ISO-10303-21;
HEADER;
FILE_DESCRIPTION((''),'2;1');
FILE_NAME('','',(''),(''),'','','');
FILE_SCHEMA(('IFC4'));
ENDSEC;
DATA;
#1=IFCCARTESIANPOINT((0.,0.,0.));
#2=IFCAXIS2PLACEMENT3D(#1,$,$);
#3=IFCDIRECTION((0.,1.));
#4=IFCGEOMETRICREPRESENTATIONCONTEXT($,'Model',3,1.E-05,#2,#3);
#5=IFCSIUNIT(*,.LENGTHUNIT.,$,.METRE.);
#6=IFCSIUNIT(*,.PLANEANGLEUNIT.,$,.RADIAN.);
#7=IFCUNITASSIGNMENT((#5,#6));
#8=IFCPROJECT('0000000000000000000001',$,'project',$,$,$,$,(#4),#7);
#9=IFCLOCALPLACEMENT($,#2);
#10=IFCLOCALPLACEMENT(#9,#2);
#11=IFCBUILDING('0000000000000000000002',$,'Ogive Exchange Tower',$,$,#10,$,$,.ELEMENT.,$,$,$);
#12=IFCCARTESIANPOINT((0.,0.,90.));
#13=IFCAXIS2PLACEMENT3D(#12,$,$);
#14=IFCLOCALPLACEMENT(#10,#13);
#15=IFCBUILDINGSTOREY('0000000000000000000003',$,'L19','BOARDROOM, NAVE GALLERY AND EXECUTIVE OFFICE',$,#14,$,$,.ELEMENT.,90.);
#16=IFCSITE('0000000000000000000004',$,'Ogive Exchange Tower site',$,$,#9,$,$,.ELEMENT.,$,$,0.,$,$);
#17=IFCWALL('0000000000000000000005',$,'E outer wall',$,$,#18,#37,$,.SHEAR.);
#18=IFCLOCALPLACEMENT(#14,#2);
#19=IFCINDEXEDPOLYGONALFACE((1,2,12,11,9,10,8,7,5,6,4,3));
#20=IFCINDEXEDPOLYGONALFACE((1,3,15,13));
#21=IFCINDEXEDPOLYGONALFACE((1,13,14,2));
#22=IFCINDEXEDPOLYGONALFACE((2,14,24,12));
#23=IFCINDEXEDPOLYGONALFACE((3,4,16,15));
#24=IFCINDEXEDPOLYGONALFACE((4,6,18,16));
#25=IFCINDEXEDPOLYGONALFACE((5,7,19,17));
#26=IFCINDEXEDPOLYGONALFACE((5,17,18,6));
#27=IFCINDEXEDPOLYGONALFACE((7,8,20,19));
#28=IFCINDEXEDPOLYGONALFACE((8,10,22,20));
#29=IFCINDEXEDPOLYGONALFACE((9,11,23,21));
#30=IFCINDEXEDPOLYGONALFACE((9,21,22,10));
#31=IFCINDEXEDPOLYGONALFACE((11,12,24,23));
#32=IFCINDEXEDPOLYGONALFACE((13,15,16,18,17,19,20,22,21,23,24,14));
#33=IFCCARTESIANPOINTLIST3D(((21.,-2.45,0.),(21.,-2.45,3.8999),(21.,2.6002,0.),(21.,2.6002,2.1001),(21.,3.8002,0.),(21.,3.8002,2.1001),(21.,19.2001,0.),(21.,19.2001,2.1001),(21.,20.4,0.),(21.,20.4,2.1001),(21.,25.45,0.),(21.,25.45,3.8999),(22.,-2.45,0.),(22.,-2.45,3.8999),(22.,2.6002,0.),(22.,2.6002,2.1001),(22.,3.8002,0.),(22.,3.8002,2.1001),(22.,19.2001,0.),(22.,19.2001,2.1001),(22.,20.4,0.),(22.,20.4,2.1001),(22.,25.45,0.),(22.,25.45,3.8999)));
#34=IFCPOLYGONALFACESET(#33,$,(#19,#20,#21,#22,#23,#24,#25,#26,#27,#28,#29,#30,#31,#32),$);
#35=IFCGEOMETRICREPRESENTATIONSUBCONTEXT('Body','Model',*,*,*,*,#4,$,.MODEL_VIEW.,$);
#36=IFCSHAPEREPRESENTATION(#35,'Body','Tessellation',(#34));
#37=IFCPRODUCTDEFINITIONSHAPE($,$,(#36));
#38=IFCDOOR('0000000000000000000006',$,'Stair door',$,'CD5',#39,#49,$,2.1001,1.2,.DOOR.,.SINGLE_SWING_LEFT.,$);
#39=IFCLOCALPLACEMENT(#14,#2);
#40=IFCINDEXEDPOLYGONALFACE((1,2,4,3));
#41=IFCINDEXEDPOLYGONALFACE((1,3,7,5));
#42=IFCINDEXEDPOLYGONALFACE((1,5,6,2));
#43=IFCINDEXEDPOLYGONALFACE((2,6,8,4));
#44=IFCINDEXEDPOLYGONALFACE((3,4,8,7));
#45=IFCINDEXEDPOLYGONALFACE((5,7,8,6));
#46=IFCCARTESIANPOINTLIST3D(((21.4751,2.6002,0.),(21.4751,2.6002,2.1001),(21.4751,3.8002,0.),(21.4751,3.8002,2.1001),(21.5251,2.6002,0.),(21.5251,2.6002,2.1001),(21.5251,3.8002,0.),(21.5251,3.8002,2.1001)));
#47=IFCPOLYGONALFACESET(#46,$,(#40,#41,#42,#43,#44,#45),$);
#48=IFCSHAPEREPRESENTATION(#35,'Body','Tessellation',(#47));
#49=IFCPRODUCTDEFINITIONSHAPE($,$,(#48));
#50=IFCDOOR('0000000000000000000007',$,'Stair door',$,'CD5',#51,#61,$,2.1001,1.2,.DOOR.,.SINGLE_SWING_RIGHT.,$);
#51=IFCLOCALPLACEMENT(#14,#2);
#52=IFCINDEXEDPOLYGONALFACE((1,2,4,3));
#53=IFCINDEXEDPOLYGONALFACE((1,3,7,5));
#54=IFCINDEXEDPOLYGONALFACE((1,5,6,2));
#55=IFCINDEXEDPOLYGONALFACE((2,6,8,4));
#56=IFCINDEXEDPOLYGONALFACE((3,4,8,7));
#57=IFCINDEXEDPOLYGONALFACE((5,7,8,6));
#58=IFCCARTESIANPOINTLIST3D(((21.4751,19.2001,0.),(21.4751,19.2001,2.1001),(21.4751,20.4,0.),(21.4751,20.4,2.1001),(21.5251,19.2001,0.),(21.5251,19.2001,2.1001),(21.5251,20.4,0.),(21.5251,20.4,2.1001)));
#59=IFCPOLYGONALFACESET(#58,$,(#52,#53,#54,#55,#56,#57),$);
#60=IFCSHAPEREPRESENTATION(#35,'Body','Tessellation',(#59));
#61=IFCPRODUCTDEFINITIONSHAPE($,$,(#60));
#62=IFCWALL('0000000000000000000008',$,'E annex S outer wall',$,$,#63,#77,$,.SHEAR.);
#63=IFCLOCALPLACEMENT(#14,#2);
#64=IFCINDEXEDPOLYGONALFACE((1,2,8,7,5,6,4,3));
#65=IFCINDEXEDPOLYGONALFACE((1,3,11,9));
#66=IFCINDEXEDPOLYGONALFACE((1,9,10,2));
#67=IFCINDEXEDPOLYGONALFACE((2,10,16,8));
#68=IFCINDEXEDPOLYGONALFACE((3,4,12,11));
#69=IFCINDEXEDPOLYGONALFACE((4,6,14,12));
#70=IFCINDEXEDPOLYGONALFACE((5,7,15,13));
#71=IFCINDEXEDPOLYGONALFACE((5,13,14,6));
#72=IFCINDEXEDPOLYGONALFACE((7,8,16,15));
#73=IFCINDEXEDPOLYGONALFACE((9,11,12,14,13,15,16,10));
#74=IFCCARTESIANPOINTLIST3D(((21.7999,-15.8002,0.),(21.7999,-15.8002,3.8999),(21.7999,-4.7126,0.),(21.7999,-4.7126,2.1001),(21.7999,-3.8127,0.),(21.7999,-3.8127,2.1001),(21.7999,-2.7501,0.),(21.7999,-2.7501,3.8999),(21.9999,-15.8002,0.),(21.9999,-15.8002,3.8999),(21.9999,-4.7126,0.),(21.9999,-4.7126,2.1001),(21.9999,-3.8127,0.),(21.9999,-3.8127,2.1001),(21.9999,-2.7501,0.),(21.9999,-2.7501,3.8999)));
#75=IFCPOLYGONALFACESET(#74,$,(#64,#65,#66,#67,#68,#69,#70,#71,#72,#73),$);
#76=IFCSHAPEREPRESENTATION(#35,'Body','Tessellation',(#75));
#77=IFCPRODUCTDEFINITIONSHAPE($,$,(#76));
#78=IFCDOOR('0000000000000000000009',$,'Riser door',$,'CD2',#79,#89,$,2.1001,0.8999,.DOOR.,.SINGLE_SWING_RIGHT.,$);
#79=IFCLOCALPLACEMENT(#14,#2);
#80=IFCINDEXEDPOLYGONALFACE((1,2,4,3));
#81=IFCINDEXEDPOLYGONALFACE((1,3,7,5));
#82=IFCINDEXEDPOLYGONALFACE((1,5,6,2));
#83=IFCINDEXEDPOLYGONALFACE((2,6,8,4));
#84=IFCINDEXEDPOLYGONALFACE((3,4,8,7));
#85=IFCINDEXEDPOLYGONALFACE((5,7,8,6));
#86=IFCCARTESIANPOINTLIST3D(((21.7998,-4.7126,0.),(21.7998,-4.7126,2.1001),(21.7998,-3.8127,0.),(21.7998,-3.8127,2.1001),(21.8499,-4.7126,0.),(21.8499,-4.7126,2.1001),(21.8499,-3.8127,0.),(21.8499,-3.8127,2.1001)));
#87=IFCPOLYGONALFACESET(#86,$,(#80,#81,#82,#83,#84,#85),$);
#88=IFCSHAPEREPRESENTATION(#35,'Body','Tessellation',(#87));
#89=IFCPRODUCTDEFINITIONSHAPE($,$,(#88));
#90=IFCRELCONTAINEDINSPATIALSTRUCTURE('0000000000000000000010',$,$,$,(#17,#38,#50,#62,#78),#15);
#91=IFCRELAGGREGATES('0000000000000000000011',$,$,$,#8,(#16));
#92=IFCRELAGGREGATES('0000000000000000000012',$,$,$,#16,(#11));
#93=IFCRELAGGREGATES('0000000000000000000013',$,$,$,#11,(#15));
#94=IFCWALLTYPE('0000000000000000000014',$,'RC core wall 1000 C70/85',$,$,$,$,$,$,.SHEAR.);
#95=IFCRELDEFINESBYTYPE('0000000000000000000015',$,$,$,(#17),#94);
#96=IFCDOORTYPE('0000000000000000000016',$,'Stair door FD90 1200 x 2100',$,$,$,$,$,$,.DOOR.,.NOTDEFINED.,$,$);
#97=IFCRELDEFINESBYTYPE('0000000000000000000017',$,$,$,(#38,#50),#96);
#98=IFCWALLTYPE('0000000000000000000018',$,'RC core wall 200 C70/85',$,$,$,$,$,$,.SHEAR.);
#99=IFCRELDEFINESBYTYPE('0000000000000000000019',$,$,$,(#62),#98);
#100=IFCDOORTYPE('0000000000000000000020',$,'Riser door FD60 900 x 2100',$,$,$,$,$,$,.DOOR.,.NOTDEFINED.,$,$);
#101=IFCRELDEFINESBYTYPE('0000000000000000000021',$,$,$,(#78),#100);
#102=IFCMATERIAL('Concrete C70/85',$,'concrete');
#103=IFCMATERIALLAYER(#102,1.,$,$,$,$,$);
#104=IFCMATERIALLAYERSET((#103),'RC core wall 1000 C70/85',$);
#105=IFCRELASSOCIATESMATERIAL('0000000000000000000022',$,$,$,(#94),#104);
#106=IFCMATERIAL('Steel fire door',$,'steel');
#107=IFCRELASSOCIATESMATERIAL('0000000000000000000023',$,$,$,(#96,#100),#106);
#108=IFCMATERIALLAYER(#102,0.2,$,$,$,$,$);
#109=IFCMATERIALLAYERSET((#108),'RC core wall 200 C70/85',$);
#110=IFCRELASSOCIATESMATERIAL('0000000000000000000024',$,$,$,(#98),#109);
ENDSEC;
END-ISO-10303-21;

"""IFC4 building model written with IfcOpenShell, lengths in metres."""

from ifc_helpers import new_model, si_unit, direction, frame, frame_2d, origin, place, context, subcontext, project, spatial, rectangle, extrude, material, layer, layer_set, type_object, element, fill, save


model = new_model("IFC4")

# Units and contexts
model_context = context("Model", 3, precision=1e-05, world=origin(), true_north=direction((0.0, 1.0)))
body_context = subcontext(model_context, "Body", "Model", "MODEL_VIEW")
ifc_project = project(units=[si_unit("LENGTHUNIT", "METRE"), si_unit("PLANEANGLEUNIT", "RADIAN")], contexts=[model_context])

# Site, building, storey
site_placement = place(None, origin())
site = spatial("IfcSite", under=ifc_project, at=site_placement, Name="Ogive Exchange Tower site", CompositionType="ELEMENT", RefElevation=0.0)
building_placement = place(site_placement, origin())
building = spatial("IfcBuilding", under=site, at=building_placement, Name="Ogive Exchange Tower", CompositionType="ELEMENT")
storey_placement = place(building_placement, frame((0.0, 0.0, 90.0)))
storey = spatial("IfcBuildingStorey", under=building, at=storey_placement, Name="L19", Description="BOARDROOM, NAVE GALLERY AND EXECUTIVE OFFICE", CompositionType="ELEMENT", Elevation=90.0)

# Wall, openings, doors
ifc_material_1 = material(Name="Concrete C70/85", Category="concrete")
ifc_layer_1 = layer(ifc_material_1, 1.0)
ifc_layer_set_1 = layer_set([ifc_layer_1], Name="RC core wall 1000 C70/85")
wall_type_1 = type_object("IfcWallType", Name="RC core wall 1000 C70/85", PredefinedType="SHEAR", material=ifc_layer_set_1)
wall_1_placement = place(storey_placement, frame((21.5, -2.45, 0.0), z_axis=(0.0, 0.0, 1.0), x_axis=(0.0, 1.0, 0.0)))
wall_1 = element("IfcWall", 1, at=wall_1_placement, inside=storey, type_object=wall_type_1, Name="E outer wall", PredefinedType="SHEAR", context=body_context, shape_type="SweptSolid", body=[
    extrude(rectangle(XDim=27.8999, YDim=1.0, at=frame_2d((13.95, 0.0))), origin(), (0.0, 0.0, 1.0), 3.8999),
])
opening_1_placement = place(wall_1_placement, frame((5.05, 0.0, 0.0)))
opening_1 = element("IfcOpeningElement", 2, at=opening_1_placement, cuts=wall_1, PredefinedType="OPENING", context=body_context, shape_type="SweptSolid", body=[
    extrude(rectangle(XDim=1.2, YDim=2.1001, at=frame_2d((0.6001, 1.05))), frame((0.0, 0.51, 0.0), z_axis=(0.0, -1.0, 0.0), x_axis=(1.0, 0.0, 0.0)), (0.0, 0.0, 1.0), 1.02),
])
opening_2_placement = place(wall_1_placement, frame((21.6499, 0.0, 0.0)))
opening_2 = element("IfcOpeningElement", 3, at=opening_2_placement, cuts=wall_1, PredefinedType="OPENING", context=body_context, shape_type="SweptSolid", body=[
    extrude(rectangle(XDim=1.2, YDim=2.1001, at=frame_2d((0.6001, 1.05))), frame((0.0, 0.51, 0.0), z_axis=(0.0, -1.0, 0.0), x_axis=(1.0, 0.0, 0.0)), (0.0, 0.0, 1.0), 1.02),
])
ifc_material_2 = material(Name="Steel fire door", Category="steel")
door_type_1 = type_object("IfcDoorType", Name="Stair door FD90 1200 x 2100", OperationType="NOTDEFINED", PredefinedType="DOOR", material=ifc_material_2)
door_1_placement = place(opening_1_placement, origin())
door_1 = element("IfcDoor", 4, at=door_1_placement, inside=storey, type_object=door_type_1, Name="Stair door", ObjectType="CD5", OperationType="SINGLE_SWING_LEFT", OverallHeight=2.1001, OverallWidth=1.2, PredefinedType="DOOR", context=body_context, shape_type="SweptSolid", body=[
    extrude(rectangle(XDim=1.2, YDim=2.1001, at=frame_2d((0.6001, 1.05))), frame((0.0, 0.0249, 0.0), z_axis=(0.0, -1.0, 0.0), x_axis=(1.0, 0.0, 0.0)), (0.0, 0.0, 1.0), 0.05),
])
fill(opening_1, door_1)
door_2_placement = place(opening_2_placement, origin())
door_2 = element("IfcDoor", 5, at=door_2_placement, inside=storey, type_object=door_type_1, Name="Stair door", ObjectType="CD5", OperationType="SINGLE_SWING_RIGHT", OverallHeight=2.1001, OverallWidth=1.2, PredefinedType="DOOR", context=body_context, shape_type="SweptSolid", body=[
    extrude(rectangle(XDim=1.2, YDim=2.1001, at=frame_2d((0.6001, 1.05))), frame((0.0, 0.0249, 0.0), z_axis=(0.0, -1.0, 0.0), x_axis=(1.0, 0.0, 0.0)), (0.0, 0.0, 1.0), 0.05),
])
fill(opening_2, door_2)

# Wall, opening, door
ifc_layer_2 = layer(ifc_material_1, 0.2)
ifc_layer_set_2 = layer_set([ifc_layer_2], Name="RC core wall 200 C70/85")
wall_type_2 = type_object("IfcWallType", Name="RC core wall 200 C70/85", PredefinedType="SHEAR", material=ifc_layer_set_2)
wall_2_placement = place(storey_placement, frame((21.8999, -15.8, 0.0), z_axis=(0.0, 0.0, 1.0), x_axis=(0.0, 1.0, 0.0)))
wall_2 = element("IfcWall", 6, at=wall_2_placement, inside=storey, type_object=wall_type_2, Name="E annex S outer wall", PredefinedType="SHEAR", context=body_context, shape_type="SweptSolid", body=[
    extrude(rectangle(XDim=13.05, YDim=0.2, at=frame_2d((6.5249, 0.0))), origin(), (0.0, 0.0, 1.0), 3.8999),
])
opening_3_placement = place(wall_2_placement, frame((11.0874, 0.0, 0.0)))
opening_3 = element("IfcOpeningElement", 7, at=opening_3_placement, cuts=wall_2, PredefinedType="OPENING", context=body_context, shape_type="SweptSolid", body=[
    extrude(rectangle(XDim=0.8999, YDim=2.1001, at=frame_2d((0.45, 1.05))), frame((0.0, 0.1099, 0.0), z_axis=(0.0, -1.0, 0.0), x_axis=(1.0, 0.0, 0.0)), (0.0, 0.0, 1.0), 0.22),
])
door_type_2 = type_object("IfcDoorType", Name="Riser door FD60 900 x 2100", OperationType="NOTDEFINED", PredefinedType="DOOR", material=ifc_material_2)
door_3_placement = place(opening_3_placement, origin())
door_3 = element("IfcDoor", 8, at=door_3_placement, inside=storey, type_object=door_type_2, Name="Riser door", ObjectType="CD2", OperationType="SINGLE_SWING_RIGHT", OverallHeight=2.1001, OverallWidth=0.8999, PredefinedType="DOOR", context=body_context, shape_type="SweptSolid", body=[
    extrude(rectangle(XDim=0.8999, YDim=2.1001, at=frame_2d((0.45, 1.05))), frame((0.0, 0.1001, 0.0), z_axis=(0.0, -1.0, 0.0), x_axis=(1.0, 0.0, 0.0)), (0.0, 0.0, 1.0), 0.05),
])
fill(opening_3, door_3)

save(model, "model.ifc")
